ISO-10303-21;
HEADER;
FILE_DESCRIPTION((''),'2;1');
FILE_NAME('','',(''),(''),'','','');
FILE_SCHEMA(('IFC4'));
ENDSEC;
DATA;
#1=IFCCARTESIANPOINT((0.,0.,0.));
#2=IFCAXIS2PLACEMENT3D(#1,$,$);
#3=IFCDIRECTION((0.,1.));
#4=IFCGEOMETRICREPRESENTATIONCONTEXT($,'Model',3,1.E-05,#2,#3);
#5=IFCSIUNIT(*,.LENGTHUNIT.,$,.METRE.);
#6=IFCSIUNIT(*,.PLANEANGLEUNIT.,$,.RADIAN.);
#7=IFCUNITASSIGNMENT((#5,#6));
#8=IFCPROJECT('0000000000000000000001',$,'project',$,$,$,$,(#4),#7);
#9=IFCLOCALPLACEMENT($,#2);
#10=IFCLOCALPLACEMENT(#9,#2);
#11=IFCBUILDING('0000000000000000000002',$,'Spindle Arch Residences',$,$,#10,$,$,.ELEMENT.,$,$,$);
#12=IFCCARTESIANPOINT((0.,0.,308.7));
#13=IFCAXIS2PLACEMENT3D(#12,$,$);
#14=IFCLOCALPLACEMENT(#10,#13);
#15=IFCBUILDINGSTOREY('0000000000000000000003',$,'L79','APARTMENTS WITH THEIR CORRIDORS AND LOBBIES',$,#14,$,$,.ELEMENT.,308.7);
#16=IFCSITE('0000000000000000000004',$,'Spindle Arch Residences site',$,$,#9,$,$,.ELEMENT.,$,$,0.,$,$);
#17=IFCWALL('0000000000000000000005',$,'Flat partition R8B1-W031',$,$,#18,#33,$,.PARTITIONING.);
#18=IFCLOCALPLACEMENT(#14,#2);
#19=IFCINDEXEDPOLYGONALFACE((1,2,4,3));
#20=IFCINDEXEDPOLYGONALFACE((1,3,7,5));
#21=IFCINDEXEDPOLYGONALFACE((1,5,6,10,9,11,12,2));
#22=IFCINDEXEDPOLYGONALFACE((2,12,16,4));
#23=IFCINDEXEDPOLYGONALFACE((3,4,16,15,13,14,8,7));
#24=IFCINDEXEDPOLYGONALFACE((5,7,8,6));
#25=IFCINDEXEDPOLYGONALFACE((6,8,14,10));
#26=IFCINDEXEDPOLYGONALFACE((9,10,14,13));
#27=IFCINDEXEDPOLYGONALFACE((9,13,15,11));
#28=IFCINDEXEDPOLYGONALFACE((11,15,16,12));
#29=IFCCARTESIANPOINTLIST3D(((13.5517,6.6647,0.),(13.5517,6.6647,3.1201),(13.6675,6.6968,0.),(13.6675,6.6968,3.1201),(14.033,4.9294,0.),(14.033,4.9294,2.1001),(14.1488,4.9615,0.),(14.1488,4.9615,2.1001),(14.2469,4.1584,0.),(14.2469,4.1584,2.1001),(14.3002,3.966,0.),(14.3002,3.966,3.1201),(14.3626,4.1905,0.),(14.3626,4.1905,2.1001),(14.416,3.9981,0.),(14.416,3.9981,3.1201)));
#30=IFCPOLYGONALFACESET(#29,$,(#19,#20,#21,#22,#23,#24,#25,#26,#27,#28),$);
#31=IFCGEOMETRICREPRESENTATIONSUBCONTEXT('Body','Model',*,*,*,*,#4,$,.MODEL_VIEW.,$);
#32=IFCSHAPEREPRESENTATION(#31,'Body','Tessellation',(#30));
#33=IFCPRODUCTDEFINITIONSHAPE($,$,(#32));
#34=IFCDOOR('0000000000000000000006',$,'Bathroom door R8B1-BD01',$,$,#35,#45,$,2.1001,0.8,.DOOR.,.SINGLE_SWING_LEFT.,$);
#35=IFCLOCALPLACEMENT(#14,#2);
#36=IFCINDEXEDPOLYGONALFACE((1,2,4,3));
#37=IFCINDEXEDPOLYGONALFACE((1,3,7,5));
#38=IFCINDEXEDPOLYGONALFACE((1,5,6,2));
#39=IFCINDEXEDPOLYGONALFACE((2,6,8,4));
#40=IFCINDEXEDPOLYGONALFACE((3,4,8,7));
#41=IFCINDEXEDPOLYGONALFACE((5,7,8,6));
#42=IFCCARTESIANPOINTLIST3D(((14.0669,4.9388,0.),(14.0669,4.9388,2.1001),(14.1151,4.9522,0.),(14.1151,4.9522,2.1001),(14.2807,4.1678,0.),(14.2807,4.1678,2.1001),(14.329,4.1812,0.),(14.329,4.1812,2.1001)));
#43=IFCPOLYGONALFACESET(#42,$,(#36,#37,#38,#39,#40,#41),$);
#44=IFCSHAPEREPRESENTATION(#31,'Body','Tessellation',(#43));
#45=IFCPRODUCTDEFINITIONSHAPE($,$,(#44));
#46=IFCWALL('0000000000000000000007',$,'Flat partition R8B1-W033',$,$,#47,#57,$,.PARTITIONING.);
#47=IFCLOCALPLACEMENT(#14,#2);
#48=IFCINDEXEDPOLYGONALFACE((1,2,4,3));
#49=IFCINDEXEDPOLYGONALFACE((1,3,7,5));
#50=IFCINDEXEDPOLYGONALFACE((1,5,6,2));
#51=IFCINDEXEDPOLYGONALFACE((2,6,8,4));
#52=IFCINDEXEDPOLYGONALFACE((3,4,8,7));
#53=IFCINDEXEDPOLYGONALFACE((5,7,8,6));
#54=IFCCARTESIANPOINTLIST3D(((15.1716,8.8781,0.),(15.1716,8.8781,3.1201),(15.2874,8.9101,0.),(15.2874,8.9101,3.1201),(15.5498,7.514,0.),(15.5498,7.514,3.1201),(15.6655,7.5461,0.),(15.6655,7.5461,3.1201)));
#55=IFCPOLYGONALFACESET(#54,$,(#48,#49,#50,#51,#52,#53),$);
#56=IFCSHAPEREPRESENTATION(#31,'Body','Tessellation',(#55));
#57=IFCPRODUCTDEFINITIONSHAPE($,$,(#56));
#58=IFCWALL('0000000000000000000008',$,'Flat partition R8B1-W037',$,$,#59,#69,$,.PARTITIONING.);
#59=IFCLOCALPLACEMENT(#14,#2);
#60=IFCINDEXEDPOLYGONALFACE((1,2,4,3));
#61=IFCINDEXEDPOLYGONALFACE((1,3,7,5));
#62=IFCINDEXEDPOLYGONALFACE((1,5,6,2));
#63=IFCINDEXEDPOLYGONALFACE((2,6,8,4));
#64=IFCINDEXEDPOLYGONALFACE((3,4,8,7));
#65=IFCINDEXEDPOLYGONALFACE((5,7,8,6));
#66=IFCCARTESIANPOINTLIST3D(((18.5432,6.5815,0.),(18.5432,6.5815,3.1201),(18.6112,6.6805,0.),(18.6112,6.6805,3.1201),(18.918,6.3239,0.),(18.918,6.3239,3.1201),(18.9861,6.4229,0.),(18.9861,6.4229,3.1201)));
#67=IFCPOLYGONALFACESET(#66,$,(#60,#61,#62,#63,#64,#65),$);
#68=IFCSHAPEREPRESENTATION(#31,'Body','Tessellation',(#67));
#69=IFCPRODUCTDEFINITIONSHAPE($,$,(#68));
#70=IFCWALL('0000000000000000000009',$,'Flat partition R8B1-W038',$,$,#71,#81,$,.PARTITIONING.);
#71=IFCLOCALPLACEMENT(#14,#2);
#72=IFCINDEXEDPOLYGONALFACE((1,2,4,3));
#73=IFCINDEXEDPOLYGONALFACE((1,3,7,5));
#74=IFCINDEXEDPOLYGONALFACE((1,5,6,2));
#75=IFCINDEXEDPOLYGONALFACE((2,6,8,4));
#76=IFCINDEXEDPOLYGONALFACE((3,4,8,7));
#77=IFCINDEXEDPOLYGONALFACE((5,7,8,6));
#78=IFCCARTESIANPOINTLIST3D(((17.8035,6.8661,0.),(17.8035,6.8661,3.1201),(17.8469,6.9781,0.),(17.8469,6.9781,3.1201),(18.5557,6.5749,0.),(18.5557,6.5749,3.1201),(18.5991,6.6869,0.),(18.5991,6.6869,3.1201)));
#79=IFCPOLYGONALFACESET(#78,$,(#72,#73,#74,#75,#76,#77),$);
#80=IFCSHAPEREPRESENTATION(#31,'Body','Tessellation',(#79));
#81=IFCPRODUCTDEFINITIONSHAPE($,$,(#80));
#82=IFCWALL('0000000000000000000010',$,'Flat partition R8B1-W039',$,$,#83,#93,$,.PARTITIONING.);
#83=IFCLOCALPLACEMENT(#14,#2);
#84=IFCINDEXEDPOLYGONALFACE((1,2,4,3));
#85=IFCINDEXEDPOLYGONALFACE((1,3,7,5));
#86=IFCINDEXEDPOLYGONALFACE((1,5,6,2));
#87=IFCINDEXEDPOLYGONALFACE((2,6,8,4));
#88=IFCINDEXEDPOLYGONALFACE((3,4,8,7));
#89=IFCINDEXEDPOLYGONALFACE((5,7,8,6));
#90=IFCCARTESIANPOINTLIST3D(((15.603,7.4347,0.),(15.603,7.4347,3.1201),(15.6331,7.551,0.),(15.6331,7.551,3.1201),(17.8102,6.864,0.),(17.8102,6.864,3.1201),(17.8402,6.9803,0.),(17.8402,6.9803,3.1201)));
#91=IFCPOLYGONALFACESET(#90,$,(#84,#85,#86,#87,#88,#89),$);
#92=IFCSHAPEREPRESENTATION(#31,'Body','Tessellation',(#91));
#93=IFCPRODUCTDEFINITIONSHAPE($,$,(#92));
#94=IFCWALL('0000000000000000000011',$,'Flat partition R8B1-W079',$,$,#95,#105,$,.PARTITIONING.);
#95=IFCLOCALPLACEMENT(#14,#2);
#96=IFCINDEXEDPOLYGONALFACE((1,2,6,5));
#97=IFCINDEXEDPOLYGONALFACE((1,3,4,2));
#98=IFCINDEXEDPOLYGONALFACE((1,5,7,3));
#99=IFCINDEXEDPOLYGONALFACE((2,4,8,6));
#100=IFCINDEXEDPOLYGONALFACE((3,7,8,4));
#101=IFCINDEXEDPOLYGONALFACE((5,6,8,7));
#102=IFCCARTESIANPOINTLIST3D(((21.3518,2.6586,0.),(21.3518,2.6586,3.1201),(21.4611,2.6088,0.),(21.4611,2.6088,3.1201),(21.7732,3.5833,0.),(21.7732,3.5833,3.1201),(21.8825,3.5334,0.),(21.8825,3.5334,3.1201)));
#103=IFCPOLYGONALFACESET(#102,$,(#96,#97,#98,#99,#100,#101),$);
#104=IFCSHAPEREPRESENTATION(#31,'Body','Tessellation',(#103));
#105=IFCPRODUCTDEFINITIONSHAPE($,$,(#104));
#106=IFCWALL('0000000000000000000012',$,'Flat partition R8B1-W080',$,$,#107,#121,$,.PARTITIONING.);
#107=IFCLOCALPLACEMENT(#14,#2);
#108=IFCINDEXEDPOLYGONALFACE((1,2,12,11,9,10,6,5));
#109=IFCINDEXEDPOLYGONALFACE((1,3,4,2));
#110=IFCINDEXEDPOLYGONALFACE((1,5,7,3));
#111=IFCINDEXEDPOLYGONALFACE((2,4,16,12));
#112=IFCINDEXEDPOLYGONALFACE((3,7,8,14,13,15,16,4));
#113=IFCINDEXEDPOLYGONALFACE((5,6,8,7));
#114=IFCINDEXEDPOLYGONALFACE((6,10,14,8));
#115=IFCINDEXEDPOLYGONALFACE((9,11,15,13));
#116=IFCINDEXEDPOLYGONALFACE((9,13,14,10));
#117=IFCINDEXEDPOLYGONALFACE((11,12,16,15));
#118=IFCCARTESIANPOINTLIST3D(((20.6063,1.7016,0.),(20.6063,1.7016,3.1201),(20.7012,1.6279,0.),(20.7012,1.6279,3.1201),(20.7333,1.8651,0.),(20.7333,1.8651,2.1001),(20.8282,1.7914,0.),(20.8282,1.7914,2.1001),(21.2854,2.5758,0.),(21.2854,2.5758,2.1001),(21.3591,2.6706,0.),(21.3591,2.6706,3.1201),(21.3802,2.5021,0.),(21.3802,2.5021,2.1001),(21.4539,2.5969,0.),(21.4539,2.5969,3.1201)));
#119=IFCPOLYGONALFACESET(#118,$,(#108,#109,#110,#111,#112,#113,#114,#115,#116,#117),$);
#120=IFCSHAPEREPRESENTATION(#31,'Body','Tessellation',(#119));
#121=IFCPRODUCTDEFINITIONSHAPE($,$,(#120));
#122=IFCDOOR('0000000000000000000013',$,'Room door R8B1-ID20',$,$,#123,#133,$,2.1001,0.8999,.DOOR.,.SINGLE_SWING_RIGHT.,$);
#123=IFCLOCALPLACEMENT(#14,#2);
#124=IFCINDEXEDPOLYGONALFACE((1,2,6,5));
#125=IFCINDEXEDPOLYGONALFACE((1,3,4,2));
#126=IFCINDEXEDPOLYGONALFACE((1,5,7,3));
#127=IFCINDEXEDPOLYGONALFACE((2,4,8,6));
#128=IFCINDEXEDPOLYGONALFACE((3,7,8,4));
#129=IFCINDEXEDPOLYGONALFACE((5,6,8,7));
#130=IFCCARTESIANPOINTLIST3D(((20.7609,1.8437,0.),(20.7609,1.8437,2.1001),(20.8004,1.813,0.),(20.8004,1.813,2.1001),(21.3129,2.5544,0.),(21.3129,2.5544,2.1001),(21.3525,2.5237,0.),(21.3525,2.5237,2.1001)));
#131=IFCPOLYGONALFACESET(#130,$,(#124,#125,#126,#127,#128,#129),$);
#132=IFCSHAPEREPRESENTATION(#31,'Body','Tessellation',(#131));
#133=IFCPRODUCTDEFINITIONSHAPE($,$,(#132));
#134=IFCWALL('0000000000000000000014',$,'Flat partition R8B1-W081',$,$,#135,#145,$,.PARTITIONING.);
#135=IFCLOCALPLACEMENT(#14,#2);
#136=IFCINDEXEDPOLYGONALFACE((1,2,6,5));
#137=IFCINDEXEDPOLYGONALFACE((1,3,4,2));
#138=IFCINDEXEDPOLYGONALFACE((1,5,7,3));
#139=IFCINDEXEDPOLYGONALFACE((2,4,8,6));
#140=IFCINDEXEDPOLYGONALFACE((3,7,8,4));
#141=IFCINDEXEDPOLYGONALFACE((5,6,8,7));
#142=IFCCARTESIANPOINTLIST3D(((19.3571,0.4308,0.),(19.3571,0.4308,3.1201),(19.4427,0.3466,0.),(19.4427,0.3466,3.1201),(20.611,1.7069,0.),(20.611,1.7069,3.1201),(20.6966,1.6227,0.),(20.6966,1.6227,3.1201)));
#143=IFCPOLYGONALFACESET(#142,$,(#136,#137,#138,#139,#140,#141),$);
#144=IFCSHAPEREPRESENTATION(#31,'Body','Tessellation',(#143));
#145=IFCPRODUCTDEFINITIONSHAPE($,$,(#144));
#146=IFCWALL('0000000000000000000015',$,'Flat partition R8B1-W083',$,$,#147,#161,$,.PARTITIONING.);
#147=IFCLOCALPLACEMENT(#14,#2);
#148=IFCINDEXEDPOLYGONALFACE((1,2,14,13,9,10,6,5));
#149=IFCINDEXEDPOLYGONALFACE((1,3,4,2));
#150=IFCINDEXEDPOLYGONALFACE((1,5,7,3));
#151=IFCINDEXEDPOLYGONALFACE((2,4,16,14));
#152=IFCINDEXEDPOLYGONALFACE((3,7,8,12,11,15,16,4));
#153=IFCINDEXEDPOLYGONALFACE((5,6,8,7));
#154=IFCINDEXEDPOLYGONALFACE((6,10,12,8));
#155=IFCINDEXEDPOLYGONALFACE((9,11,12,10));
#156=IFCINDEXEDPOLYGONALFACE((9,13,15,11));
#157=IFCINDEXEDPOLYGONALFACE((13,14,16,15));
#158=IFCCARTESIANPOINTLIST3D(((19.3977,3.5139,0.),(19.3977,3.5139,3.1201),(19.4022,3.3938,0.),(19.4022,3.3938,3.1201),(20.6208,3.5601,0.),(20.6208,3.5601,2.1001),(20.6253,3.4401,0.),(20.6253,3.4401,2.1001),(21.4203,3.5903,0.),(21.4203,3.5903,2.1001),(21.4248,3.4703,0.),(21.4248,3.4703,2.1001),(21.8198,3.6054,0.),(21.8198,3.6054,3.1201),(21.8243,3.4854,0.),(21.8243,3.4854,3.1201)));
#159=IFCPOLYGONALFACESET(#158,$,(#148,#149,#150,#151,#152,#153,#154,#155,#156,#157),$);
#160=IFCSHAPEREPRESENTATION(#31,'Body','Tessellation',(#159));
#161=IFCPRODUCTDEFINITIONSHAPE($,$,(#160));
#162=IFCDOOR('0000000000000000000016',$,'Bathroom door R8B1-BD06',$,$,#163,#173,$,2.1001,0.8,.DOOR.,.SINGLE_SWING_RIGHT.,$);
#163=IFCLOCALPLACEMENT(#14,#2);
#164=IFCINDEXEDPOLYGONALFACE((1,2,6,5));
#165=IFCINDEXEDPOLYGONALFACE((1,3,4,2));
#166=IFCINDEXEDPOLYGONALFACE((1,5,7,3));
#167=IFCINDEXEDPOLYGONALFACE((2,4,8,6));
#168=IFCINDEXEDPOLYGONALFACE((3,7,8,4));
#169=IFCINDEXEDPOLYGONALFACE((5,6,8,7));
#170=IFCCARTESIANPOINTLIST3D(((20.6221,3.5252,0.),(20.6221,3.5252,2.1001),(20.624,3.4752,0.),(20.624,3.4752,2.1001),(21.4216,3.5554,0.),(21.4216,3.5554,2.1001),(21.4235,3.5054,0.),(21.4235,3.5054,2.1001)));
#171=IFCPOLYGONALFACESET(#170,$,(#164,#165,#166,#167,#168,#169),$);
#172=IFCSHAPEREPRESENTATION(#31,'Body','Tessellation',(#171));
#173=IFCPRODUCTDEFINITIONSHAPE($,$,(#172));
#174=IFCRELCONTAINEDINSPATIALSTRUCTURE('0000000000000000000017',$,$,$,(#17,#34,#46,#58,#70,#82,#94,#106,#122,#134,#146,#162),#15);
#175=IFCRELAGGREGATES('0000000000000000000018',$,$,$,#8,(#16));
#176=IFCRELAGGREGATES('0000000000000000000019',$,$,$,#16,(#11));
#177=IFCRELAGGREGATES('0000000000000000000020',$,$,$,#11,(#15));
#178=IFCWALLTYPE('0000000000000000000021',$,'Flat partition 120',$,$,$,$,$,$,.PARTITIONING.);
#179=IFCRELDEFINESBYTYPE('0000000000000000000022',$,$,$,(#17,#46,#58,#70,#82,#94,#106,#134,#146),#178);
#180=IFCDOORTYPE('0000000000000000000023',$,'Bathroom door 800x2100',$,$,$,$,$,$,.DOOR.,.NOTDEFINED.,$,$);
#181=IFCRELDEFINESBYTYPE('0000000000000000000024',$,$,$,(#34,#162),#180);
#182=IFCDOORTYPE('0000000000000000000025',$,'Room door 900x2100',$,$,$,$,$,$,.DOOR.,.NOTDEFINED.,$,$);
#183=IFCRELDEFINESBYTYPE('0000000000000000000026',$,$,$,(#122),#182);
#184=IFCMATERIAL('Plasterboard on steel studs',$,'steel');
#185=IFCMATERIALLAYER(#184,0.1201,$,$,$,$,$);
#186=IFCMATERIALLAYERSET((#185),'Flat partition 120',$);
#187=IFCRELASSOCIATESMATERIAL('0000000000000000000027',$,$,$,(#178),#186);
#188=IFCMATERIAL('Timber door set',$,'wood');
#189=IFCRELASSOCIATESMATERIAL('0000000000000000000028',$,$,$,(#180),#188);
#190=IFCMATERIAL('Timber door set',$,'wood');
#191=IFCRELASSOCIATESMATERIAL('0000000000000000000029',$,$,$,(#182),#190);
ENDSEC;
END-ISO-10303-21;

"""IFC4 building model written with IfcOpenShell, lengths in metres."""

from ifc_helpers import new_model, si_unit, direction, frame, frame_2d, origin, place, context, subcontext, project, spatial, rectangle, extrude, material, layer, layer_set, type_object, element, fill, save


model = new_model("IFC4")

# Units and contexts
model_context = context("Model", 3, precision=1e-05, world=origin(), true_north=direction((0.0, 1.0)))
body_context = subcontext(model_context, "Body", "Model", "MODEL_VIEW")
ifc_project = project(units=[si_unit("LENGTHUNIT", "METRE"), si_unit("PLANEANGLEUNIT", "RADIAN")], contexts=[model_context])

# Site, building, storey
site_placement = place(None, origin())
site = spatial("IfcSite", under=ifc_project, at=site_placement, Name="Spindle Arch Residences site", CompositionType="ELEMENT", RefElevation=0.0)
building_placement = place(site_placement, origin())
building = spatial("IfcBuilding", under=site, at=building_placement, Name="Spindle Arch Residences", CompositionType="ELEMENT")
storey_placement = place(building_placement, frame((0.0, 0.0, 308.7)))
storey = spatial("IfcBuildingStorey", under=building, at=storey_placement, Name="L79", Description="APARTMENTS WITH THEIR CORRIDORS AND LOBBIES", CompositionType="ELEMENT", Elevation=308.7)

# Wall, opening, door
ifc_material_1 = material(Name="Plasterboard on steel studs", Category="steel")
ifc_layer_1 = layer(ifc_material_1, 0.1201)
ifc_layer_set_1 = layer_set([ifc_layer_1], Name="Flat partition 120")
wall_type_1 = type_object("IfcWallType", Name="Flat partition 120", PredefinedType="PARTITIONING", material=ifc_layer_set_1)
wall_1_placement = place(storey_placement, frame((14.3582, 3.9819, 0.0), z_axis=(0.0, 0.0, 1.0), x_axis=(-0.267275, 0.96362, 0.0)))
wall_1 = element("IfcWall", 1, at=wall_1_placement, inside=storey, type_object=wall_type_1, Name="Flat partition R8B1-W031", PredefinedType="PARTITIONING", context=body_context, shape_type="SweptSolid", body=[
    extrude(rectangle(XDim=2.8005, YDim=0.1201, at=frame_2d((1.4004, 0.0))), origin(), (0.0, 0.0, 1.0), 3.1201),
])
opening_1_placement = place(wall_1_placement, frame((0.2, 0.0, 0.0)))
opening_1 = element("IfcOpeningElement", 2, at=opening_1_placement, cuts=wall_1, PredefinedType="OPENING", context=body_context, shape_type="SweptSolid", body=[
    extrude(rectangle(XDim=0.8, YDim=2.1001, at=frame_2d((0.3999, 1.05))), frame((0.0, 0.0701, 0.0), z_axis=(0.0, -1.0, 0.0), x_axis=(1.0, 0.0, 0.0)), (0.0, 0.0, 1.0), 0.1401),
])
ifc_material_2 = material(Name="Timber door set", Category="wood")
door_type_1 = type_object("IfcDoorType", Name="Bathroom door 800x2100", OperationType="NOTDEFINED", PredefinedType="DOOR", material=ifc_material_2)
door_1_placement = place(opening_1_placement, origin())
door_1 = element("IfcDoor", 3, at=door_1_placement, inside=storey, type_object=door_type_1, Name="Bathroom door R8B1-BD01", OperationType="SINGLE_SWING_LEFT", OverallHeight=2.1001, OverallWidth=0.8, PredefinedType="DOOR", context=body_context, shape_type="SweptSolid", body=[
    extrude(rectangle(XDim=0.8, YDim=2.1001, at=frame_2d((0.3999, 1.05))), frame((0.0, 0.0249, 0.0), z_axis=(0.0, -1.0, 0.0), x_axis=(1.0, 0.0, 0.0)), (0.0, 0.0, 1.0), 0.05),
])
fill(opening_1, door_1)

# Walls
wall_2_placement = place(storey_placement, frame((15.6077, 7.53, 0.0), z_axis=(0.0, 0.0, 1.0), x_axis=(-0.267172, 0.963649, 0.0)))
element("IfcWall", 4, at=wall_2_placement, inside=storey, type_object=wall_type_1, Name="Flat partition R8B1-W033", PredefinedType="PARTITIONING", context=body_context, shape_type="SweptSolid", body=[
    extrude(rectangle(XDim=1.4155, YDim=0.1201, at=frame_2d((0.7078, 0.0))), origin(), (0.0, 0.0, 1.0), 3.1201),
])
wall_3_placement = place(storey_placement, frame((18.9521, 6.3733, 0.0), z_axis=(0.0, 0.0, 1.0), x_axis=(-0.82412, 0.566415, 0.0)))
element("IfcWall", 5, at=wall_3_placement, inside=storey, type_object=wall_type_1, Name="Flat partition R8B1-W037", PredefinedType="PARTITIONING", context=body_context, shape_type="SweptSolid", body=[
    extrude(rectangle(XDim=0.4548, YDim=0.1201, at=frame_2d((0.2275, 0.0))), origin(), (0.0, 0.0, 1.0), 3.1201),
])
wall_4_placement = place(storey_placement, frame((18.5774, 6.6309, 0.0), z_axis=(0.0, 0.0, 1.0), x_axis=(-0.932532, 0.361088, 0.0)))
element("IfcWall", 6, at=wall_4_placement, inside=storey, type_object=wall_type_1, Name="Flat partition R8B1-W038", PredefinedType="PARTITIONING", context=body_context, shape_type="SweptSolid", body=[
    extrude(rectangle(XDim=0.8066, YDim=0.1201, at=frame_2d((0.4033, 0.0))), origin(), (0.0, 0.0, 1.0), 3.1201),
])
wall_5_placement = place(storey_placement, frame((17.8252, 6.9221, 0.0), z_axis=(0.0, 0.0, 1.0), x_axis=(-0.968152, 0.250364, 0.0)))
element("IfcWall", 7, at=wall_5_placement, inside=storey, type_object=wall_type_1, Name="Flat partition R8B1-W039", PredefinedType="PARTITIONING", context=body_context, shape_type="SweptSolid", body=[
    extrude(rectangle(XDim=2.2798, YDim=0.1201, at=frame_2d((1.1399, 0.0))), origin(), (0.0, 0.0, 1.0), 3.1201),
])
wall_6_placement = place(storey_placement, frame((21.8279, 3.5583, 0.0), z_axis=(0.0, 0.0, 1.0), x_axis=(-0.414726, -0.909946, 0.0)))
element("IfcWall", 8, at=wall_6_placement, inside=storey, type_object=wall_type_1, Name="Flat partition R8B1-W079", PredefinedType="PARTITIONING", context=body_context, shape_type="SweptSolid", body=[
    extrude(rectangle(XDim=1.0161, YDim=0.1201, at=frame_2d((0.5081, 0.0))), origin(), (0.0, 0.0, 1.0), 3.1201),
])

# Wall, opening, door
wall_7_placement = place(storey_placement, frame((21.4065, 2.6338, 0.0), z_axis=(0.0, 0.0, 1.0), x_axis=(-0.613445, -0.789738, 0.0)))
wall_7 = element("IfcWall", 9, at=wall_7_placement, inside=storey, type_object=wall_type_1, Name="Flat partition R8B1-W080", PredefinedType="PARTITIONING", context=body_context, shape_type="SweptSolid", body=[
    extrude(rectangle(XDim=1.2271, YDim=0.1201, at=frame_2d((0.6135, 0.0))), origin(), (0.0, 0.0, 1.0), 3.1201),
])
opening_2_placement = place(wall_7_placement, frame((0.1201, 0.0, 0.0)))
opening_2 = element("IfcOpeningElement", 10, at=opening_2_placement, cuts=wall_7, PredefinedType="OPENING", context=body_context, shape_type="SweptSolid", body=[
    extrude(rectangle(XDim=0.8999, YDim=2.1001, at=frame_2d((0.45, 1.05))), frame((0.0, 0.0701, 0.0), z_axis=(0.0, -1.0, 0.0), x_axis=(1.0, 0.0, 0.0)), (0.0, 0.0, 1.0), 0.1401),
])
ifc_material_3 = material(Name="Timber door set", Category="wood")
door_type_2 = type_object("IfcDoorType", Name="Room door 900x2100", OperationType="NOTDEFINED", PredefinedType="DOOR", material=ifc_material_3)
door_2_placement = place(opening_2_placement, origin())
door_2 = element("IfcDoor", 11, at=door_2_placement, inside=storey, type_object=door_type_2, Name="Room door R8B1-ID20", OperationType="SINGLE_SWING_RIGHT", OverallHeight=2.1001, OverallWidth=0.8999, PredefinedType="DOOR", context=body_context, shape_type="SweptSolid", body=[
    extrude(rectangle(XDim=0.8999, YDim=2.1001, at=frame_2d((0.45, 1.05))), frame((0.0, 0.0249, 0.0), z_axis=(0.0, -1.0, 0.0), x_axis=(1.0, 0.0, 0.0)), (0.0, 0.0, 1.0), 0.05),
])
fill(opening_2, door_2)

# Wall
wall_8_placement = place(storey_placement, frame((20.6538, 1.6648, 0.0), z_axis=(0.0, 0.0, 1.0), x_axis=(-0.70087, -0.713289, 0.0)))
element("IfcWall", 12, at=wall_8_placement, inside=storey, type_object=wall_type_1, Name="Flat partition R8B1-W081", PredefinedType="PARTITIONING", context=body_context, shape_type="SweptSolid", body=[
    extrude(rectangle(XDim=1.7891, YDim=0.1201, at=frame_2d((0.8945, 0.0))), origin(), (0.0, 0.0, 1.0), 3.1201),
])

# Wall, opening, door
wall_9_placement = place(storey_placement, frame((21.822, 3.5454, 0.0), z_axis=(0.0, 0.0, 1.0), x_axis=(-0.999286, -0.037772, 0.0)))
wall_9 = element("IfcWall", 13, at=wall_9_placement, inside=storey, type_object=wall_type_1, Name="Flat partition R8B1-W083", PredefinedType="PARTITIONING", context=body_context, shape_type="SweptSolid", body=[
    extrude(rectangle(XDim=2.4238, YDim=0.1201, at=frame_2d((1.2119, 0.0))), origin(), (0.0, 0.0, 1.0), 3.1201),
])
opening_3_placement = place(wall_9_placement, frame((0.3999, 0.0, 0.0)))
opening_3 = element("IfcOpeningElement", 14, at=opening_3_placement, cuts=wall_9, PredefinedType="OPENING", context=body_context, shape_type="SweptSolid", body=[
    extrude(rectangle(XDim=0.8, YDim=2.1001, at=frame_2d((0.3999, 1.05))), frame((0.0, 0.0701, 0.0), z_axis=(0.0, -1.0, 0.0), x_axis=(1.0, 0.0, 0.0)), (0.0, 0.0, 1.0), 0.1401),
])
door_3_placement = place(opening_3_placement, origin())
door_3 = element("IfcDoor", 15, at=door_3_placement, inside=storey, type_object=door_type_1, Name="Bathroom door R8B1-BD06", OperationType="SINGLE_SWING_RIGHT", OverallHeight=2.1001, OverallWidth=0.8, PredefinedType="DOOR", context=body_context, shape_type="SweptSolid", body=[
    extrude(rectangle(XDim=0.8, YDim=2.1001, at=frame_2d((0.3999, 1.05))), frame((0.0, 0.0249, 0.0), z_axis=(0.0, -1.0, 0.0), x_axis=(1.0, 0.0, 0.0)), (0.0, 0.0, 1.0), 0.05),
])
fill(opening_3, door_3)

save(model, "model.ifc")
